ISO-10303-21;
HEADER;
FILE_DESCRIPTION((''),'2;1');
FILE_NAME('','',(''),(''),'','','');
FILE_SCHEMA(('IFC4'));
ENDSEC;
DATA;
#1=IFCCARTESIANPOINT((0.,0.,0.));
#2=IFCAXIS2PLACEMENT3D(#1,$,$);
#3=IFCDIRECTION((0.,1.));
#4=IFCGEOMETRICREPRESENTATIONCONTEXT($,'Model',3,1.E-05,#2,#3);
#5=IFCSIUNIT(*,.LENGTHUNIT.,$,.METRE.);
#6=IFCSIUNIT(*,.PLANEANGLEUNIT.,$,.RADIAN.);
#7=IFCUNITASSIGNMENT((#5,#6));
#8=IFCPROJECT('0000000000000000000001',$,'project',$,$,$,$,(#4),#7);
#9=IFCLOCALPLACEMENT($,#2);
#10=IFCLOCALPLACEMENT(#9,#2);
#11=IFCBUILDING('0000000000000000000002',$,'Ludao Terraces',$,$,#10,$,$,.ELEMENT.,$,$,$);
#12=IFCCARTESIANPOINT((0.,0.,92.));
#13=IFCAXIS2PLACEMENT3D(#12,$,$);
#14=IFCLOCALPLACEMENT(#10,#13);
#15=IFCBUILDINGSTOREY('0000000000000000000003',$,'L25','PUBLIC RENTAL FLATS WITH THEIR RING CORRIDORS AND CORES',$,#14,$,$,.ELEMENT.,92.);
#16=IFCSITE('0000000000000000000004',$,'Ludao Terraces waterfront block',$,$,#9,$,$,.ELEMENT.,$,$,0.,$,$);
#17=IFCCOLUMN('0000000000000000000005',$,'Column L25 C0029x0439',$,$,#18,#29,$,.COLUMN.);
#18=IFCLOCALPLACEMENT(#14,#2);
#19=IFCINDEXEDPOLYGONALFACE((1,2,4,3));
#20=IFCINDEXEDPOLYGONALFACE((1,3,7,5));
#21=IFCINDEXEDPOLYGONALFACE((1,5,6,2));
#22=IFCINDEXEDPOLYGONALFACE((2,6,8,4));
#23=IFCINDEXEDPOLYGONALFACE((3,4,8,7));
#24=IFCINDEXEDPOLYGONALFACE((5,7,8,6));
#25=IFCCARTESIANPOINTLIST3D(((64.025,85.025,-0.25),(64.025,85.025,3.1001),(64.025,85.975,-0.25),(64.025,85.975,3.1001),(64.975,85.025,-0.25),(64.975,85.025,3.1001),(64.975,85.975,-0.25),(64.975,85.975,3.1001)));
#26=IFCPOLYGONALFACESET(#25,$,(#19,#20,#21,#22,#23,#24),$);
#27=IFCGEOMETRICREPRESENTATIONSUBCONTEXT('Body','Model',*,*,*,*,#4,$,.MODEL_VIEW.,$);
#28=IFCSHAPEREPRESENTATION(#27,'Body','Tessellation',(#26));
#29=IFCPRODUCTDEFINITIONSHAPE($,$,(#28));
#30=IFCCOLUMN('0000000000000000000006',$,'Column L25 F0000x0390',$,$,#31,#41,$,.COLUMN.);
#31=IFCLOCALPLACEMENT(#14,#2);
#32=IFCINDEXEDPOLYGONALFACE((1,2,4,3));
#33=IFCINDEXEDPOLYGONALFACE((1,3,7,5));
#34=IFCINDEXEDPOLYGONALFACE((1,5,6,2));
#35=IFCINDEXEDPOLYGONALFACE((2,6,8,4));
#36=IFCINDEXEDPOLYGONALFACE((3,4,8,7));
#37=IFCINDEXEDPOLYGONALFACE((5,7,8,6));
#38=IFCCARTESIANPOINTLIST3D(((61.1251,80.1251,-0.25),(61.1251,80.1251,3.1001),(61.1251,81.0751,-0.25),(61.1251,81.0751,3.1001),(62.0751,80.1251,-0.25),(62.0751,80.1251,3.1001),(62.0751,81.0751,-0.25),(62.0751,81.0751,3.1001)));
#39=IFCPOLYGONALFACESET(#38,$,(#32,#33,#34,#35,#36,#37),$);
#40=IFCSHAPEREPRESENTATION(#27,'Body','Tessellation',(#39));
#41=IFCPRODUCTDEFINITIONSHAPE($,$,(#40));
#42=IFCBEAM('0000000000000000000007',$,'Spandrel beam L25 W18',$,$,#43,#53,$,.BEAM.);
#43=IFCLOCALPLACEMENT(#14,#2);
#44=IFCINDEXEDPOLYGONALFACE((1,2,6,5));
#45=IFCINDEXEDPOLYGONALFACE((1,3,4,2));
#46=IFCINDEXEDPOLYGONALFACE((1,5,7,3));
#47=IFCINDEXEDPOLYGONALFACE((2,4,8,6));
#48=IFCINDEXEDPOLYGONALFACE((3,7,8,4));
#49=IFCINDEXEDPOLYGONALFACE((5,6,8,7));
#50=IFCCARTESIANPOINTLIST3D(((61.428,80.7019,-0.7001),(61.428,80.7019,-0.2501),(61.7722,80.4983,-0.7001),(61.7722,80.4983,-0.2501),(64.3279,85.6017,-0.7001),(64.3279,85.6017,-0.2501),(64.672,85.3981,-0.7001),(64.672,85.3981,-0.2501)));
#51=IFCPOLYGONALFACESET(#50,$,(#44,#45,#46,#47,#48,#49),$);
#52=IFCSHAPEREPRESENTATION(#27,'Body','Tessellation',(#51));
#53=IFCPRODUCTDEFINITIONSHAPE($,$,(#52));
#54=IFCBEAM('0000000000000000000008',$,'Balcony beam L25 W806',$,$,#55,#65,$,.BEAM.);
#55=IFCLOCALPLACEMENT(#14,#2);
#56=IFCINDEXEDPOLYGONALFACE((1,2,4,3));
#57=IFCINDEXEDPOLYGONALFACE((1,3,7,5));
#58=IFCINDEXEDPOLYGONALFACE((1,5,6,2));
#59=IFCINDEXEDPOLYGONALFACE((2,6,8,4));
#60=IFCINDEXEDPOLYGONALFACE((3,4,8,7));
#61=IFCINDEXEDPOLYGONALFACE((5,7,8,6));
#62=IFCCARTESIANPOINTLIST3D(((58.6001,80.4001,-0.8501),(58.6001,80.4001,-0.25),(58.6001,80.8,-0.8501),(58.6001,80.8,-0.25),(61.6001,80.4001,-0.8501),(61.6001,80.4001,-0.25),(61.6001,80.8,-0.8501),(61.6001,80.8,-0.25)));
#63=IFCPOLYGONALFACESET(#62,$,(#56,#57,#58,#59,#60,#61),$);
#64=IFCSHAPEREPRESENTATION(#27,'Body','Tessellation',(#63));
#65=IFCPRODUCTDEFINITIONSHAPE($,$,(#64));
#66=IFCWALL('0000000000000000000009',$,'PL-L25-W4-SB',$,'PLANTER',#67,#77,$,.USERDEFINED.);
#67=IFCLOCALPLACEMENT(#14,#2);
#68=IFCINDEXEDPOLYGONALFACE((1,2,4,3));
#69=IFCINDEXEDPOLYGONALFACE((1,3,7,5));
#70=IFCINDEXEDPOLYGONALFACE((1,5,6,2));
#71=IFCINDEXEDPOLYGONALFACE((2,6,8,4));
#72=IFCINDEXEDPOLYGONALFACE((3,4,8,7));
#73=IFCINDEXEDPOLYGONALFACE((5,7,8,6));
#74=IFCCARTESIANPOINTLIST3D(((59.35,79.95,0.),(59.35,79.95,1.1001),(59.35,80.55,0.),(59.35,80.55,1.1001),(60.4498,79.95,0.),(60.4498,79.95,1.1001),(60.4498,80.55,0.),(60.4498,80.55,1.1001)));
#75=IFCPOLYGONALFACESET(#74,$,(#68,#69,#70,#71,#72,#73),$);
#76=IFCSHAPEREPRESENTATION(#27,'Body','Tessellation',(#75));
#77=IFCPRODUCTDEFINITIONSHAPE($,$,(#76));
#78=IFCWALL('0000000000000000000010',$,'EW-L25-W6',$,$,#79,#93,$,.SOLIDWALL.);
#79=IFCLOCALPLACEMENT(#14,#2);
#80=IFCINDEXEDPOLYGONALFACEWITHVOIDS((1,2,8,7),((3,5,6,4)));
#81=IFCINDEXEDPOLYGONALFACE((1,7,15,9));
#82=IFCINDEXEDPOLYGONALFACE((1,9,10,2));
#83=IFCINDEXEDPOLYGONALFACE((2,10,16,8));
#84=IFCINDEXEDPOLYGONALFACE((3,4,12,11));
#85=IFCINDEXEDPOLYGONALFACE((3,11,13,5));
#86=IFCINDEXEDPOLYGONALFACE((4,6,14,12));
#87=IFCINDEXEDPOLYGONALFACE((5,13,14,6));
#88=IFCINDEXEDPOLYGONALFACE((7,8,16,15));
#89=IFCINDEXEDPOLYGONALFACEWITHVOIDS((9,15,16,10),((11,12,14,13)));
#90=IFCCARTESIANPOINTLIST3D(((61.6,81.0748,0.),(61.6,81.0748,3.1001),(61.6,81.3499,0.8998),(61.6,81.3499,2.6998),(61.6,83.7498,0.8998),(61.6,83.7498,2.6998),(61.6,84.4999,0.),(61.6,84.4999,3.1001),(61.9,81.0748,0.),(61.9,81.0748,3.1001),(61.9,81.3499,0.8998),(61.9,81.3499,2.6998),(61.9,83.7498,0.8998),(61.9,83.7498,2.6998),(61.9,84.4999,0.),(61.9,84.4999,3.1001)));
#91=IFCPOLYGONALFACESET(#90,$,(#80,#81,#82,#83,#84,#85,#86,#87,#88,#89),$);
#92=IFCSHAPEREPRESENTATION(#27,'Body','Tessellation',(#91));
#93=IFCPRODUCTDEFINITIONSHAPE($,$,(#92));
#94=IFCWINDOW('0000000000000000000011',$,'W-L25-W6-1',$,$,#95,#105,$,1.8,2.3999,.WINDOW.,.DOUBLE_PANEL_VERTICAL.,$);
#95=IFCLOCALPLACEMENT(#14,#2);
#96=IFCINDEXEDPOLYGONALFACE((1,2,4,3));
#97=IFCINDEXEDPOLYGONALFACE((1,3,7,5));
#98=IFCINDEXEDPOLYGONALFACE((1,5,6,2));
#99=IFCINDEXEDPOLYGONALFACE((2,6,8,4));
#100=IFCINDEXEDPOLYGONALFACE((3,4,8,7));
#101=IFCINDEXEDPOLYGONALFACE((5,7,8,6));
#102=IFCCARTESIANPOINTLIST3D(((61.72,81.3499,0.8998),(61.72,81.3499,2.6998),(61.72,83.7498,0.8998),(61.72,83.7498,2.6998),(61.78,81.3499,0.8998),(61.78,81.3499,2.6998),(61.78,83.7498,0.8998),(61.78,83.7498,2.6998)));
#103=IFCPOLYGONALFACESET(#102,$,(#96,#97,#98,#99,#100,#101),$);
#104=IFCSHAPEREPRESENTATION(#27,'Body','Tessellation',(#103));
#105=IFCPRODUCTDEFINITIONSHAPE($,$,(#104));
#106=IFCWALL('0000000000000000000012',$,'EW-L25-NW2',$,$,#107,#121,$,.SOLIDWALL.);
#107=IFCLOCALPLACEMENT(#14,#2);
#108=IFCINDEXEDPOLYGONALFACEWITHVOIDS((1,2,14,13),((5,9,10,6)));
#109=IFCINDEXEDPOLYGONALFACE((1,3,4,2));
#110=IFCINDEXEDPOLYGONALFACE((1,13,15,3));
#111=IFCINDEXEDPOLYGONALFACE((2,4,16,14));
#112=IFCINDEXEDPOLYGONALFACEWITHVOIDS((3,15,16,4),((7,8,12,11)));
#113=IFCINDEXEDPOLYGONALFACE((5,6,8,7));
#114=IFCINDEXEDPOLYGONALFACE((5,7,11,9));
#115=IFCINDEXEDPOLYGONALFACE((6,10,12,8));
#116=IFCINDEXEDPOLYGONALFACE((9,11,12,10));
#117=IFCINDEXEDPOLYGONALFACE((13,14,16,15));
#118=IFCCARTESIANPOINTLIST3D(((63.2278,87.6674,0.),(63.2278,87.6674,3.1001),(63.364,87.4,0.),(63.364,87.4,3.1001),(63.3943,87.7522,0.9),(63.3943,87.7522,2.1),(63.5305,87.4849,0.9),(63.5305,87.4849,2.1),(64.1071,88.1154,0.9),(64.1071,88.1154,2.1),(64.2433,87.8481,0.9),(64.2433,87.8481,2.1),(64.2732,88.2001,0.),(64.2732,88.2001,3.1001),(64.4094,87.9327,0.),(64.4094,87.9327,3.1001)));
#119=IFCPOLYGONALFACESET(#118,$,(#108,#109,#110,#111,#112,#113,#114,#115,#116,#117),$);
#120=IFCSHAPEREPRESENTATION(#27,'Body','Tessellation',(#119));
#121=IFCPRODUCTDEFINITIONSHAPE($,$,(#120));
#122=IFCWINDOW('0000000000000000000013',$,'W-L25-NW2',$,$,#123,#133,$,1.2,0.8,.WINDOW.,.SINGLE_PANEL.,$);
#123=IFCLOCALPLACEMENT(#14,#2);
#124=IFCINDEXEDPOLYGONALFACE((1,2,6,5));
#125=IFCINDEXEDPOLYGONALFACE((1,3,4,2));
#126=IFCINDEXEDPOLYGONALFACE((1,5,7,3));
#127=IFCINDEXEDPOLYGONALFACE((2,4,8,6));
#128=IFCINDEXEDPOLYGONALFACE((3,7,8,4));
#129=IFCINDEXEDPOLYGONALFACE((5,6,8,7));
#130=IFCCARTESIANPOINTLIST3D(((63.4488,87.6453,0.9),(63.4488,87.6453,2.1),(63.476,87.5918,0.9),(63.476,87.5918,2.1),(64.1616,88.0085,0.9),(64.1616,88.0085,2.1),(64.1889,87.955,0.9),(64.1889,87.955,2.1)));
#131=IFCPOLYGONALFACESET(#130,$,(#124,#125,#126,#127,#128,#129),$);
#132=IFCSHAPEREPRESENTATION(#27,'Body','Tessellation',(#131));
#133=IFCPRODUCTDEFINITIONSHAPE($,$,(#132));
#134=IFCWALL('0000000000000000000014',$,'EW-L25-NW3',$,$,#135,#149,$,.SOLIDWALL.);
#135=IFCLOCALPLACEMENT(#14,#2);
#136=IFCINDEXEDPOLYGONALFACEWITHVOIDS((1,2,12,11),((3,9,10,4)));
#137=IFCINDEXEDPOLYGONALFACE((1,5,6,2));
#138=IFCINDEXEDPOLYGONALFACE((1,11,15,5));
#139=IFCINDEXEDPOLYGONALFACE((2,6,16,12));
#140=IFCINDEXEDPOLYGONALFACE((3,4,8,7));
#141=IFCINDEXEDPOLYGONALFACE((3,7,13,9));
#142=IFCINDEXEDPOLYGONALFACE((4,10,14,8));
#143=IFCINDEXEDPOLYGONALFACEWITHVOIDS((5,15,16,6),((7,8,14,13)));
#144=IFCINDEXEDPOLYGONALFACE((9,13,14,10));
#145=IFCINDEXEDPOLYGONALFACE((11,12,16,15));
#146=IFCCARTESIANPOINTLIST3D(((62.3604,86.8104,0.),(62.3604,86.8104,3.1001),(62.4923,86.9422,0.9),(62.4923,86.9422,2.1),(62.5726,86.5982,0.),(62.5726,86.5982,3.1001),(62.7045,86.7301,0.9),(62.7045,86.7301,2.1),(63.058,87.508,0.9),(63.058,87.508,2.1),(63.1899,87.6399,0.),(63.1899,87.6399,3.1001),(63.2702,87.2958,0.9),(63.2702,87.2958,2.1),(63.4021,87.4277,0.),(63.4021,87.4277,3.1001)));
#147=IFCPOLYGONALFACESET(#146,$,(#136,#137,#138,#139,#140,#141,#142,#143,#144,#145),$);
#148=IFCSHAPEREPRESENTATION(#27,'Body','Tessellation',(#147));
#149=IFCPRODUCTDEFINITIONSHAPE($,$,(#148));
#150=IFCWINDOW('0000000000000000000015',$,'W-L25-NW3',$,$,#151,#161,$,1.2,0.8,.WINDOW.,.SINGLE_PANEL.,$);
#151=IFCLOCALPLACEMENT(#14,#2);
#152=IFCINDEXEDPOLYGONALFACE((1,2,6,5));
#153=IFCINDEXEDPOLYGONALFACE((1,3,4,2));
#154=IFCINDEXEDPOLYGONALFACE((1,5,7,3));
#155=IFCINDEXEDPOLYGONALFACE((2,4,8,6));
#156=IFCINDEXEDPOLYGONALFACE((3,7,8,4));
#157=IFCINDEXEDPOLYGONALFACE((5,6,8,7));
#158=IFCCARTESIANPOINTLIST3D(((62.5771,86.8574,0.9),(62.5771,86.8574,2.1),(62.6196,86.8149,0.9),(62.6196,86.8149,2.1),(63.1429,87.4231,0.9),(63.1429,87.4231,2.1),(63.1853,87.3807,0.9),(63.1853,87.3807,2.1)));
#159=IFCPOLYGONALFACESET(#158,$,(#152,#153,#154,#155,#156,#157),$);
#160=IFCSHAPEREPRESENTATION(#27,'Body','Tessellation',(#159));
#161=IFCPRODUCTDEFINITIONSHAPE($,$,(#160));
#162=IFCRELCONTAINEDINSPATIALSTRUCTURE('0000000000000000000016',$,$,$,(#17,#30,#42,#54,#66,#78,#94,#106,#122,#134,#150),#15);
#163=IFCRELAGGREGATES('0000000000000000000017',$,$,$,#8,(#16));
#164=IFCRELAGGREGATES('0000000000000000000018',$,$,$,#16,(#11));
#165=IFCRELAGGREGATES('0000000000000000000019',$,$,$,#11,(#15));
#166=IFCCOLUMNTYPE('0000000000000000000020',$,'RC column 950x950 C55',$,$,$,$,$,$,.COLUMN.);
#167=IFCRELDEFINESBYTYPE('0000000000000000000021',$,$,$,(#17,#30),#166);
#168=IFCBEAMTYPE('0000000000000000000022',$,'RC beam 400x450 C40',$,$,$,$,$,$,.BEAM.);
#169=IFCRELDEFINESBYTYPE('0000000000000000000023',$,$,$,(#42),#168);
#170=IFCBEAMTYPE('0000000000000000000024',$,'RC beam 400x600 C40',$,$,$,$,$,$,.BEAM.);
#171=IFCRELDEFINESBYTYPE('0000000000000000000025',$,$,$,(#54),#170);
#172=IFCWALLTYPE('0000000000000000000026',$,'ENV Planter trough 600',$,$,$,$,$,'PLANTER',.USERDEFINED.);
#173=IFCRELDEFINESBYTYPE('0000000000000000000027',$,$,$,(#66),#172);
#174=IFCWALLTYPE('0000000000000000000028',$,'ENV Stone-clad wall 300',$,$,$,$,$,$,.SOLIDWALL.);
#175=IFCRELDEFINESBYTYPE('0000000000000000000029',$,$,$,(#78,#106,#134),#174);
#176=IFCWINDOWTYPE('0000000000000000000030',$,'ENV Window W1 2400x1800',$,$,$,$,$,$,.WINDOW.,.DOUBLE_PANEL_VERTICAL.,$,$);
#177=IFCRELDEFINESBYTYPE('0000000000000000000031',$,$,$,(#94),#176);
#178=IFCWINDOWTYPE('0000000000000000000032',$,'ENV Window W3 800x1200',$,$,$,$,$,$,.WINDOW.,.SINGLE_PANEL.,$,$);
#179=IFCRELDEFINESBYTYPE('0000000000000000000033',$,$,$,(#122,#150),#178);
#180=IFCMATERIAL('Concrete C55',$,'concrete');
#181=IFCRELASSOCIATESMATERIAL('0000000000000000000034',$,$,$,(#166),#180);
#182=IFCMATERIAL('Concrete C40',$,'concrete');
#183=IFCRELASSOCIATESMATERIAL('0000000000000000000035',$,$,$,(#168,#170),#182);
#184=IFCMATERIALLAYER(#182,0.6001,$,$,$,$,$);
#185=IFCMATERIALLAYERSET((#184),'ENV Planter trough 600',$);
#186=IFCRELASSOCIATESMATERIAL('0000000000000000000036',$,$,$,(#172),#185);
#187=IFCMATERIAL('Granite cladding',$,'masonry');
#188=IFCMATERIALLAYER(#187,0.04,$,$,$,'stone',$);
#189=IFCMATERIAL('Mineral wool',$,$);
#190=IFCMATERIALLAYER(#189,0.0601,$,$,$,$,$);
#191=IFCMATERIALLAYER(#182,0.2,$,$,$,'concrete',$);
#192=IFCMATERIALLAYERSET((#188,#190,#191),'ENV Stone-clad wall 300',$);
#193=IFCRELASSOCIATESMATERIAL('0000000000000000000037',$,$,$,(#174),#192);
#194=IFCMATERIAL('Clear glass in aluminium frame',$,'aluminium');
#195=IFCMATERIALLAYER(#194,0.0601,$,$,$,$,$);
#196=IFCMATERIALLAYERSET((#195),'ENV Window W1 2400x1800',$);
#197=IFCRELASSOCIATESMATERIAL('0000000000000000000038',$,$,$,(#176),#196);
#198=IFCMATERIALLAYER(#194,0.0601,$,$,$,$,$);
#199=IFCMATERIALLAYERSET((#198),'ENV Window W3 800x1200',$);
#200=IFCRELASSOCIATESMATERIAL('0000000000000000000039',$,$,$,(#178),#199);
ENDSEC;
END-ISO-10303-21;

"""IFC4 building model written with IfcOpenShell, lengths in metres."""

from ifc_helpers import new_model, si_unit, direction, frame, frame_2d, origin, origin_2d, place, context, subcontext, project, spatial, rectangle, extrude, material, layer, layer_set, material_profile, profile_set, type_object, element, fill, save


model = new_model("IFC4")

# Units and contexts
model_context = context("Model", 3, precision=1e-05, world=origin(), true_north=direction((0.0, 1.0)))
body_context = subcontext(model_context, "Body", "Model", "MODEL_VIEW")
ifc_project = project(units=[si_unit("LENGTHUNIT", "METRE"), si_unit("PLANEANGLEUNIT", "RADIAN")], contexts=[model_context])

# Site, building, storey
site_placement = place(None, origin())
site = spatial("IfcSite", under=ifc_project, at=site_placement, Name="Ludao Terraces waterfront block", CompositionType="ELEMENT", RefElevation=0.0)
building_placement = place(site_placement, origin())
building = spatial("IfcBuilding", under=site, at=building_placement, Name="Ludao Terraces", CompositionType="ELEMENT")
storey_placement = place(building_placement, frame((0.0, 0.0, 92.0)))
storey = spatial("IfcBuildingStorey", under=building, at=storey_placement, Name="L25", Description="PUBLIC RENTAL FLATS WITH THEIR RING CORRIDORS AND CORES", CompositionType="ELEMENT", Elevation=92.0)

# Columns
ifc_material_1 = material(Name="Concrete C55", Category="concrete")
ifc_material_profile_1 = material_profile(ifc_material_1, rectangle(XDim=0.95, YDim=0.95, at=origin_2d()), Name="950 X 950")
ifc_profile_set_1 = profile_set([ifc_material_profile_1], Name="Concrete C55")
column_type = type_object("IfcColumnType", Name="RC column 950x950 C55", PredefinedType="COLUMN", material=ifc_profile_set_1)
for number, where, z_axis, x_axis, name in (
    (1, (64.5, 85.5, -0.25), (0.0, 0.0, 1.0), (1.0, 0.0, 0.0), "Column L25 C0029x0439"),
    (2, (61.6001, 80.6001, -0.25), (0.0, 0.0, 1.0), (1.0, 0.0, 0.0), "Column L25 F0000x0390"),
):
    element("IfcColumn", number, at=place(storey_placement, frame(where, z_axis=z_axis, x_axis=x_axis)), inside=storey, type_object=column_type, Name=name, PredefinedType="COLUMN", context=body_context, shape_type="SweptSolid", body=[
        extrude(rectangle(XDim=0.95, YDim=0.95, at=origin_2d()), origin(), (0.0, 0.0, 1.0), 3.3501),
    ])

# Beams
ifc_material_2 = material(Name="Concrete C40", Category="concrete")
ifc_material_profile_2 = material_profile(ifc_material_2, rectangle(XDim=0.3999, YDim=0.45, at=origin_2d()), Name="400 X 450")
ifc_profile_set_2 = profile_set([ifc_material_profile_2], Name="Concrete C40")
beam_type_1 = type_object("IfcBeamType", Name="RC beam 400x450 C40", PredefinedType="BEAM", material=ifc_profile_set_2)
beam_1_placement = place(storey_placement, frame((61.6001, 80.6001, -0.4751), z_axis=(0.509316, 0.86058, 0.0), x_axis=(-0.86058, 0.509316, 0.0)))
element("IfcBeam", 3, at=beam_1_placement, inside=storey, type_object=beam_type_1, Name="Spandrel beam L25 W18", PredefinedType="BEAM", context=body_context, shape_type="SweptSolid", body=[
    extrude(rectangle(XDim=0.3999, YDim=0.45, at=origin_2d()), origin(), (0.0, 0.0, 1.0), 5.6936),
])
ifc_material_profile_3 = material_profile(ifc_material_2, rectangle(XDim=0.3999, YDim=0.6001, at=origin_2d()), Name="400 X 600")
ifc_profile_set_3 = profile_set([ifc_material_profile_3], Name="Concrete C40")
beam_type_2 = type_object("IfcBeamType", Name="RC beam 400x600 C40", PredefinedType="BEAM", material=ifc_profile_set_3)
beam_2_placement = place(storey_placement, frame((61.6001, 80.6001, -0.55), z_axis=(-1.0, 0.0, 0.0), x_axis=(0.0, -1.0, 0.0)))
element("IfcBeam", 4, at=beam_2_placement, inside=storey, type_object=beam_type_2, Name="Balcony beam L25 W806", PredefinedType="BEAM", context=body_context, shape_type="SweptSolid", body=[
    extrude(rectangle(XDim=0.3999, YDim=0.6001, at=origin_2d()), origin(), (0.0, 0.0, 1.0), 3.0),
])

# Wall
ifc_layer_1 = layer(ifc_material_2, 0.6001)
ifc_layer_set_1 = layer_set([ifc_layer_1], Name="ENV Planter trough 600")
wall_type_1 = type_object("IfcWallType", Name="ENV Planter trough 600", ElementType="PLANTER", PredefinedType="USERDEFINED", material=ifc_layer_set_1)
wall_1_placement = place(storey_placement, frame((59.3501, 80.25, 0.0), z_axis=(0.0, 0.0, 1.0), x_axis=(1.0, 0.0, 0.0)))
element("IfcWall", 5, at=wall_1_placement, inside=storey, type_object=wall_type_1, Name="PL-L25-W4-SB", ObjectType="PLANTER", PredefinedType="USERDEFINED", context=body_context, shape_type="SweptSolid", body=[
    extrude(rectangle(XDim=1.0999, YDim=0.6001, at=frame_2d((0.5498, 0.0))), origin(), (0.0, 0.0, 1.0), 1.1001),
])

# Walls, openings, windows
ifc_material_3 = material(Name="Granite cladding", Category="masonry")
ifc_layer_2 = layer(ifc_material_3, 0.04, Category="stone")
ifc_material_4 = material(Name="Mineral wool")
ifc_layer_3 = layer(ifc_material_4, 0.0601)
ifc_layer_4 = layer(ifc_material_2, 0.2, Category="concrete")
ifc_layer_set_2 = layer_set([ifc_layer_2, ifc_layer_3, ifc_layer_4], Name="ENV Stone-clad wall 300")
wall_type_2 = type_object("IfcWallType", Name="ENV Stone-clad wall 300", PredefinedType="SOLIDWALL", material=ifc_layer_set_2)
wall_2_placement = place(storey_placement, frame((61.75, 81.075, 0.0), z_axis=(0.0, 0.0, 1.0), x_axis=(0.0, 1.0, 0.0)))
wall_2 = element("IfcWall", 6, at=wall_2_placement, inside=storey, type_object=wall_type_2, Name="EW-L25-W6", PredefinedType="SOLIDWALL", context=body_context, shape_type="SweptSolid", body=[
    extrude(rectangle(XDim=3.425, YDim=0.3, at=frame_2d((1.7124, 0.0))), origin(), (0.0, 0.0, 1.0), 3.1001),
])
opening_1_placement = place(wall_2_placement, frame((0.2749, 0.0, 0.8999)))
opening_1 = element("IfcOpeningElement", 7, at=opening_1_placement, cuts=wall_2, PredefinedType="OPENING", context=body_context, shape_type="SweptSolid", body=[
    extrude(rectangle(XDim=2.3999, YDim=1.8, at=frame_2d((1.2, 0.8999))), frame((0.0, 0.1602, 0.0), z_axis=(0.0, -1.0, 0.0), x_axis=(1.0, 0.0, 0.0)), (0.0, 0.0, 1.0), 0.3201),
])
ifc_material_5 = material(Name="Clear glass in aluminium frame", Category="aluminium")
ifc_layer_5 = layer(ifc_material_5, 0.0601)
ifc_layer_set_3 = layer_set([ifc_layer_5], Name="ENV Window W1 2400x1800")
window_type_1 = type_object("IfcWindowType", Name="ENV Window W1 2400x1800", PartitioningType="DOUBLE_PANEL_VERTICAL", PredefinedType="WINDOW", material=ifc_layer_set_3)
window_1_placement = place(opening_1_placement, origin())
window_1 = element("IfcWindow", 8, at=window_1_placement, inside=storey, type_object=window_type_1, Name="W-L25-W6-1", OverallHeight=1.8, OverallWidth=2.3999, PartitioningType="DOUBLE_PANEL_VERTICAL", PredefinedType="WINDOW", context=body_context, shape_type="SweptSolid", body=[
    extrude(rectangle(XDim=2.3999, YDim=1.8, at=frame_2d((1.2, 0.8999))), frame((0.0, 0.03, 0.0), z_axis=(0.0, -1.0, 0.0), x_axis=(1.0, 0.0, 0.0)), (0.0, 0.0, 1.0), 0.0601),
])
fill(opening_1, window_1)
wall_3_placement = place(storey_placement, frame((64.3413, 88.0664, 0.0), z_axis=(0.0, 0.0, 1.0), x_axis=(-0.890989, -0.454026, 0.0)))
wall_3 = element("IfcWall", 9, at=wall_3_placement, inside=storey, type_object=wall_type_2, Name="EW-L25-NW2", PredefinedType="SOLIDWALL", context=body_context, shape_type="SweptSolid", body=[
    extrude(rectangle(XDim=1.1733, YDim=0.3, at=frame_2d((0.5867, 0.0))), origin(), (0.0, 0.0, 1.0), 3.1001),
])
opening_2_placement = place(wall_3_placement, frame((0.1865, 0.0, 0.8999)))
opening_2 = element("IfcOpeningElement", 10, at=opening_2_placement, cuts=wall_3, PredefinedType="OPENING", context=body_context, shape_type="SweptSolid", body=[
    extrude(rectangle(XDim=0.8, YDim=1.2, at=frame_2d((0.3999, 0.6001))), frame((0.0, 0.1602, 0.0), z_axis=(0.0, -1.0, 0.0), x_axis=(1.0, 0.0, 0.0)), (0.0, 0.0, 1.0), 0.3201),
])
ifc_layer_6 = layer(ifc_material_5, 0.0601)
ifc_layer_set_4 = layer_set([ifc_layer_6], Name="ENV Window W3 800x1200")
window_type_2 = type_object("IfcWindowType", Name="ENV Window W3 800x1200", PartitioningType="SINGLE_PANEL", PredefinedType="WINDOW", material=ifc_layer_set_4)
window_2_placement = place(opening_2_placement, origin())
window_2 = element("IfcWindow", 11, at=window_2_placement, inside=storey, type_object=window_type_2, Name="W-L25-NW2", OverallHeight=1.2, OverallWidth=0.8, PartitioningType="SINGLE_PANEL", PredefinedType="WINDOW", context=body_context, shape_type="SweptSolid", body=[
    extrude(rectangle(XDim=0.8, YDim=1.2, at=frame_2d((0.3999, 0.6001))), frame((0.0, 0.03, 0.0), z_axis=(0.0, -1.0, 0.0), x_axis=(1.0, 0.0, 0.0)), (0.0, 0.0, 1.0), 0.0601),
])
fill(opening_2, window_2)
wall_4_placement = place(storey_placement, frame((63.2959, 87.5337, 0.0), z_axis=(0.0, 0.0, 1.0), x_axis=(-0.707107, -0.707107, 0.0)))
wall_4 = element("IfcWall", 12, at=wall_4_placement, inside=storey, type_object=wall_type_2, Name="EW-L25-NW3", PredefinedType="SOLIDWALL", context=body_context, shape_type="SweptSolid", body=[
    extrude(rectangle(XDim=1.1731, YDim=0.3, at=frame_2d((0.5864, 0.0))), origin(), (0.0, 0.0, 1.0), 3.1001),
])
opening_3_placement = place(wall_4_placement, frame((0.1865, 0.0, 0.8999)))
opening_3 = element("IfcOpeningElement", 13, at=opening_3_placement, cuts=wall_4, PredefinedType="OPENING", context=body_context, shape_type="SweptSolid", body=[
    extrude(rectangle(XDim=0.8, YDim=1.2, at=frame_2d((0.3999, 0.6001))), frame((0.0, 0.1602, 0.0), z_axis=(0.0, -1.0, 0.0), x_axis=(1.0, 0.0, 0.0)), (0.0, 0.0, 1.0), 0.3201),
])
window_3_placement = place(opening_3_placement, origin())
window_3 = element("IfcWindow", 14, at=window_3_placement, inside=storey, type_object=window_type_2, Name="W-L25-NW3", OverallHeight=1.2, OverallWidth=0.8, PartitioningType="SINGLE_PANEL", PredefinedType="WINDOW", context=body_context, shape_type="SweptSolid", body=[
    extrude(rectangle(XDim=0.8, YDim=1.2, at=frame_2d((0.3999, 0.6001))), frame((0.0, 0.03, 0.0), z_axis=(0.0, -1.0, 0.0), x_axis=(1.0, 0.0, 0.0)), (0.0, 0.0, 1.0), 0.0601),
])
fill(opening_3, window_3)

save(model, "model.ifc")
